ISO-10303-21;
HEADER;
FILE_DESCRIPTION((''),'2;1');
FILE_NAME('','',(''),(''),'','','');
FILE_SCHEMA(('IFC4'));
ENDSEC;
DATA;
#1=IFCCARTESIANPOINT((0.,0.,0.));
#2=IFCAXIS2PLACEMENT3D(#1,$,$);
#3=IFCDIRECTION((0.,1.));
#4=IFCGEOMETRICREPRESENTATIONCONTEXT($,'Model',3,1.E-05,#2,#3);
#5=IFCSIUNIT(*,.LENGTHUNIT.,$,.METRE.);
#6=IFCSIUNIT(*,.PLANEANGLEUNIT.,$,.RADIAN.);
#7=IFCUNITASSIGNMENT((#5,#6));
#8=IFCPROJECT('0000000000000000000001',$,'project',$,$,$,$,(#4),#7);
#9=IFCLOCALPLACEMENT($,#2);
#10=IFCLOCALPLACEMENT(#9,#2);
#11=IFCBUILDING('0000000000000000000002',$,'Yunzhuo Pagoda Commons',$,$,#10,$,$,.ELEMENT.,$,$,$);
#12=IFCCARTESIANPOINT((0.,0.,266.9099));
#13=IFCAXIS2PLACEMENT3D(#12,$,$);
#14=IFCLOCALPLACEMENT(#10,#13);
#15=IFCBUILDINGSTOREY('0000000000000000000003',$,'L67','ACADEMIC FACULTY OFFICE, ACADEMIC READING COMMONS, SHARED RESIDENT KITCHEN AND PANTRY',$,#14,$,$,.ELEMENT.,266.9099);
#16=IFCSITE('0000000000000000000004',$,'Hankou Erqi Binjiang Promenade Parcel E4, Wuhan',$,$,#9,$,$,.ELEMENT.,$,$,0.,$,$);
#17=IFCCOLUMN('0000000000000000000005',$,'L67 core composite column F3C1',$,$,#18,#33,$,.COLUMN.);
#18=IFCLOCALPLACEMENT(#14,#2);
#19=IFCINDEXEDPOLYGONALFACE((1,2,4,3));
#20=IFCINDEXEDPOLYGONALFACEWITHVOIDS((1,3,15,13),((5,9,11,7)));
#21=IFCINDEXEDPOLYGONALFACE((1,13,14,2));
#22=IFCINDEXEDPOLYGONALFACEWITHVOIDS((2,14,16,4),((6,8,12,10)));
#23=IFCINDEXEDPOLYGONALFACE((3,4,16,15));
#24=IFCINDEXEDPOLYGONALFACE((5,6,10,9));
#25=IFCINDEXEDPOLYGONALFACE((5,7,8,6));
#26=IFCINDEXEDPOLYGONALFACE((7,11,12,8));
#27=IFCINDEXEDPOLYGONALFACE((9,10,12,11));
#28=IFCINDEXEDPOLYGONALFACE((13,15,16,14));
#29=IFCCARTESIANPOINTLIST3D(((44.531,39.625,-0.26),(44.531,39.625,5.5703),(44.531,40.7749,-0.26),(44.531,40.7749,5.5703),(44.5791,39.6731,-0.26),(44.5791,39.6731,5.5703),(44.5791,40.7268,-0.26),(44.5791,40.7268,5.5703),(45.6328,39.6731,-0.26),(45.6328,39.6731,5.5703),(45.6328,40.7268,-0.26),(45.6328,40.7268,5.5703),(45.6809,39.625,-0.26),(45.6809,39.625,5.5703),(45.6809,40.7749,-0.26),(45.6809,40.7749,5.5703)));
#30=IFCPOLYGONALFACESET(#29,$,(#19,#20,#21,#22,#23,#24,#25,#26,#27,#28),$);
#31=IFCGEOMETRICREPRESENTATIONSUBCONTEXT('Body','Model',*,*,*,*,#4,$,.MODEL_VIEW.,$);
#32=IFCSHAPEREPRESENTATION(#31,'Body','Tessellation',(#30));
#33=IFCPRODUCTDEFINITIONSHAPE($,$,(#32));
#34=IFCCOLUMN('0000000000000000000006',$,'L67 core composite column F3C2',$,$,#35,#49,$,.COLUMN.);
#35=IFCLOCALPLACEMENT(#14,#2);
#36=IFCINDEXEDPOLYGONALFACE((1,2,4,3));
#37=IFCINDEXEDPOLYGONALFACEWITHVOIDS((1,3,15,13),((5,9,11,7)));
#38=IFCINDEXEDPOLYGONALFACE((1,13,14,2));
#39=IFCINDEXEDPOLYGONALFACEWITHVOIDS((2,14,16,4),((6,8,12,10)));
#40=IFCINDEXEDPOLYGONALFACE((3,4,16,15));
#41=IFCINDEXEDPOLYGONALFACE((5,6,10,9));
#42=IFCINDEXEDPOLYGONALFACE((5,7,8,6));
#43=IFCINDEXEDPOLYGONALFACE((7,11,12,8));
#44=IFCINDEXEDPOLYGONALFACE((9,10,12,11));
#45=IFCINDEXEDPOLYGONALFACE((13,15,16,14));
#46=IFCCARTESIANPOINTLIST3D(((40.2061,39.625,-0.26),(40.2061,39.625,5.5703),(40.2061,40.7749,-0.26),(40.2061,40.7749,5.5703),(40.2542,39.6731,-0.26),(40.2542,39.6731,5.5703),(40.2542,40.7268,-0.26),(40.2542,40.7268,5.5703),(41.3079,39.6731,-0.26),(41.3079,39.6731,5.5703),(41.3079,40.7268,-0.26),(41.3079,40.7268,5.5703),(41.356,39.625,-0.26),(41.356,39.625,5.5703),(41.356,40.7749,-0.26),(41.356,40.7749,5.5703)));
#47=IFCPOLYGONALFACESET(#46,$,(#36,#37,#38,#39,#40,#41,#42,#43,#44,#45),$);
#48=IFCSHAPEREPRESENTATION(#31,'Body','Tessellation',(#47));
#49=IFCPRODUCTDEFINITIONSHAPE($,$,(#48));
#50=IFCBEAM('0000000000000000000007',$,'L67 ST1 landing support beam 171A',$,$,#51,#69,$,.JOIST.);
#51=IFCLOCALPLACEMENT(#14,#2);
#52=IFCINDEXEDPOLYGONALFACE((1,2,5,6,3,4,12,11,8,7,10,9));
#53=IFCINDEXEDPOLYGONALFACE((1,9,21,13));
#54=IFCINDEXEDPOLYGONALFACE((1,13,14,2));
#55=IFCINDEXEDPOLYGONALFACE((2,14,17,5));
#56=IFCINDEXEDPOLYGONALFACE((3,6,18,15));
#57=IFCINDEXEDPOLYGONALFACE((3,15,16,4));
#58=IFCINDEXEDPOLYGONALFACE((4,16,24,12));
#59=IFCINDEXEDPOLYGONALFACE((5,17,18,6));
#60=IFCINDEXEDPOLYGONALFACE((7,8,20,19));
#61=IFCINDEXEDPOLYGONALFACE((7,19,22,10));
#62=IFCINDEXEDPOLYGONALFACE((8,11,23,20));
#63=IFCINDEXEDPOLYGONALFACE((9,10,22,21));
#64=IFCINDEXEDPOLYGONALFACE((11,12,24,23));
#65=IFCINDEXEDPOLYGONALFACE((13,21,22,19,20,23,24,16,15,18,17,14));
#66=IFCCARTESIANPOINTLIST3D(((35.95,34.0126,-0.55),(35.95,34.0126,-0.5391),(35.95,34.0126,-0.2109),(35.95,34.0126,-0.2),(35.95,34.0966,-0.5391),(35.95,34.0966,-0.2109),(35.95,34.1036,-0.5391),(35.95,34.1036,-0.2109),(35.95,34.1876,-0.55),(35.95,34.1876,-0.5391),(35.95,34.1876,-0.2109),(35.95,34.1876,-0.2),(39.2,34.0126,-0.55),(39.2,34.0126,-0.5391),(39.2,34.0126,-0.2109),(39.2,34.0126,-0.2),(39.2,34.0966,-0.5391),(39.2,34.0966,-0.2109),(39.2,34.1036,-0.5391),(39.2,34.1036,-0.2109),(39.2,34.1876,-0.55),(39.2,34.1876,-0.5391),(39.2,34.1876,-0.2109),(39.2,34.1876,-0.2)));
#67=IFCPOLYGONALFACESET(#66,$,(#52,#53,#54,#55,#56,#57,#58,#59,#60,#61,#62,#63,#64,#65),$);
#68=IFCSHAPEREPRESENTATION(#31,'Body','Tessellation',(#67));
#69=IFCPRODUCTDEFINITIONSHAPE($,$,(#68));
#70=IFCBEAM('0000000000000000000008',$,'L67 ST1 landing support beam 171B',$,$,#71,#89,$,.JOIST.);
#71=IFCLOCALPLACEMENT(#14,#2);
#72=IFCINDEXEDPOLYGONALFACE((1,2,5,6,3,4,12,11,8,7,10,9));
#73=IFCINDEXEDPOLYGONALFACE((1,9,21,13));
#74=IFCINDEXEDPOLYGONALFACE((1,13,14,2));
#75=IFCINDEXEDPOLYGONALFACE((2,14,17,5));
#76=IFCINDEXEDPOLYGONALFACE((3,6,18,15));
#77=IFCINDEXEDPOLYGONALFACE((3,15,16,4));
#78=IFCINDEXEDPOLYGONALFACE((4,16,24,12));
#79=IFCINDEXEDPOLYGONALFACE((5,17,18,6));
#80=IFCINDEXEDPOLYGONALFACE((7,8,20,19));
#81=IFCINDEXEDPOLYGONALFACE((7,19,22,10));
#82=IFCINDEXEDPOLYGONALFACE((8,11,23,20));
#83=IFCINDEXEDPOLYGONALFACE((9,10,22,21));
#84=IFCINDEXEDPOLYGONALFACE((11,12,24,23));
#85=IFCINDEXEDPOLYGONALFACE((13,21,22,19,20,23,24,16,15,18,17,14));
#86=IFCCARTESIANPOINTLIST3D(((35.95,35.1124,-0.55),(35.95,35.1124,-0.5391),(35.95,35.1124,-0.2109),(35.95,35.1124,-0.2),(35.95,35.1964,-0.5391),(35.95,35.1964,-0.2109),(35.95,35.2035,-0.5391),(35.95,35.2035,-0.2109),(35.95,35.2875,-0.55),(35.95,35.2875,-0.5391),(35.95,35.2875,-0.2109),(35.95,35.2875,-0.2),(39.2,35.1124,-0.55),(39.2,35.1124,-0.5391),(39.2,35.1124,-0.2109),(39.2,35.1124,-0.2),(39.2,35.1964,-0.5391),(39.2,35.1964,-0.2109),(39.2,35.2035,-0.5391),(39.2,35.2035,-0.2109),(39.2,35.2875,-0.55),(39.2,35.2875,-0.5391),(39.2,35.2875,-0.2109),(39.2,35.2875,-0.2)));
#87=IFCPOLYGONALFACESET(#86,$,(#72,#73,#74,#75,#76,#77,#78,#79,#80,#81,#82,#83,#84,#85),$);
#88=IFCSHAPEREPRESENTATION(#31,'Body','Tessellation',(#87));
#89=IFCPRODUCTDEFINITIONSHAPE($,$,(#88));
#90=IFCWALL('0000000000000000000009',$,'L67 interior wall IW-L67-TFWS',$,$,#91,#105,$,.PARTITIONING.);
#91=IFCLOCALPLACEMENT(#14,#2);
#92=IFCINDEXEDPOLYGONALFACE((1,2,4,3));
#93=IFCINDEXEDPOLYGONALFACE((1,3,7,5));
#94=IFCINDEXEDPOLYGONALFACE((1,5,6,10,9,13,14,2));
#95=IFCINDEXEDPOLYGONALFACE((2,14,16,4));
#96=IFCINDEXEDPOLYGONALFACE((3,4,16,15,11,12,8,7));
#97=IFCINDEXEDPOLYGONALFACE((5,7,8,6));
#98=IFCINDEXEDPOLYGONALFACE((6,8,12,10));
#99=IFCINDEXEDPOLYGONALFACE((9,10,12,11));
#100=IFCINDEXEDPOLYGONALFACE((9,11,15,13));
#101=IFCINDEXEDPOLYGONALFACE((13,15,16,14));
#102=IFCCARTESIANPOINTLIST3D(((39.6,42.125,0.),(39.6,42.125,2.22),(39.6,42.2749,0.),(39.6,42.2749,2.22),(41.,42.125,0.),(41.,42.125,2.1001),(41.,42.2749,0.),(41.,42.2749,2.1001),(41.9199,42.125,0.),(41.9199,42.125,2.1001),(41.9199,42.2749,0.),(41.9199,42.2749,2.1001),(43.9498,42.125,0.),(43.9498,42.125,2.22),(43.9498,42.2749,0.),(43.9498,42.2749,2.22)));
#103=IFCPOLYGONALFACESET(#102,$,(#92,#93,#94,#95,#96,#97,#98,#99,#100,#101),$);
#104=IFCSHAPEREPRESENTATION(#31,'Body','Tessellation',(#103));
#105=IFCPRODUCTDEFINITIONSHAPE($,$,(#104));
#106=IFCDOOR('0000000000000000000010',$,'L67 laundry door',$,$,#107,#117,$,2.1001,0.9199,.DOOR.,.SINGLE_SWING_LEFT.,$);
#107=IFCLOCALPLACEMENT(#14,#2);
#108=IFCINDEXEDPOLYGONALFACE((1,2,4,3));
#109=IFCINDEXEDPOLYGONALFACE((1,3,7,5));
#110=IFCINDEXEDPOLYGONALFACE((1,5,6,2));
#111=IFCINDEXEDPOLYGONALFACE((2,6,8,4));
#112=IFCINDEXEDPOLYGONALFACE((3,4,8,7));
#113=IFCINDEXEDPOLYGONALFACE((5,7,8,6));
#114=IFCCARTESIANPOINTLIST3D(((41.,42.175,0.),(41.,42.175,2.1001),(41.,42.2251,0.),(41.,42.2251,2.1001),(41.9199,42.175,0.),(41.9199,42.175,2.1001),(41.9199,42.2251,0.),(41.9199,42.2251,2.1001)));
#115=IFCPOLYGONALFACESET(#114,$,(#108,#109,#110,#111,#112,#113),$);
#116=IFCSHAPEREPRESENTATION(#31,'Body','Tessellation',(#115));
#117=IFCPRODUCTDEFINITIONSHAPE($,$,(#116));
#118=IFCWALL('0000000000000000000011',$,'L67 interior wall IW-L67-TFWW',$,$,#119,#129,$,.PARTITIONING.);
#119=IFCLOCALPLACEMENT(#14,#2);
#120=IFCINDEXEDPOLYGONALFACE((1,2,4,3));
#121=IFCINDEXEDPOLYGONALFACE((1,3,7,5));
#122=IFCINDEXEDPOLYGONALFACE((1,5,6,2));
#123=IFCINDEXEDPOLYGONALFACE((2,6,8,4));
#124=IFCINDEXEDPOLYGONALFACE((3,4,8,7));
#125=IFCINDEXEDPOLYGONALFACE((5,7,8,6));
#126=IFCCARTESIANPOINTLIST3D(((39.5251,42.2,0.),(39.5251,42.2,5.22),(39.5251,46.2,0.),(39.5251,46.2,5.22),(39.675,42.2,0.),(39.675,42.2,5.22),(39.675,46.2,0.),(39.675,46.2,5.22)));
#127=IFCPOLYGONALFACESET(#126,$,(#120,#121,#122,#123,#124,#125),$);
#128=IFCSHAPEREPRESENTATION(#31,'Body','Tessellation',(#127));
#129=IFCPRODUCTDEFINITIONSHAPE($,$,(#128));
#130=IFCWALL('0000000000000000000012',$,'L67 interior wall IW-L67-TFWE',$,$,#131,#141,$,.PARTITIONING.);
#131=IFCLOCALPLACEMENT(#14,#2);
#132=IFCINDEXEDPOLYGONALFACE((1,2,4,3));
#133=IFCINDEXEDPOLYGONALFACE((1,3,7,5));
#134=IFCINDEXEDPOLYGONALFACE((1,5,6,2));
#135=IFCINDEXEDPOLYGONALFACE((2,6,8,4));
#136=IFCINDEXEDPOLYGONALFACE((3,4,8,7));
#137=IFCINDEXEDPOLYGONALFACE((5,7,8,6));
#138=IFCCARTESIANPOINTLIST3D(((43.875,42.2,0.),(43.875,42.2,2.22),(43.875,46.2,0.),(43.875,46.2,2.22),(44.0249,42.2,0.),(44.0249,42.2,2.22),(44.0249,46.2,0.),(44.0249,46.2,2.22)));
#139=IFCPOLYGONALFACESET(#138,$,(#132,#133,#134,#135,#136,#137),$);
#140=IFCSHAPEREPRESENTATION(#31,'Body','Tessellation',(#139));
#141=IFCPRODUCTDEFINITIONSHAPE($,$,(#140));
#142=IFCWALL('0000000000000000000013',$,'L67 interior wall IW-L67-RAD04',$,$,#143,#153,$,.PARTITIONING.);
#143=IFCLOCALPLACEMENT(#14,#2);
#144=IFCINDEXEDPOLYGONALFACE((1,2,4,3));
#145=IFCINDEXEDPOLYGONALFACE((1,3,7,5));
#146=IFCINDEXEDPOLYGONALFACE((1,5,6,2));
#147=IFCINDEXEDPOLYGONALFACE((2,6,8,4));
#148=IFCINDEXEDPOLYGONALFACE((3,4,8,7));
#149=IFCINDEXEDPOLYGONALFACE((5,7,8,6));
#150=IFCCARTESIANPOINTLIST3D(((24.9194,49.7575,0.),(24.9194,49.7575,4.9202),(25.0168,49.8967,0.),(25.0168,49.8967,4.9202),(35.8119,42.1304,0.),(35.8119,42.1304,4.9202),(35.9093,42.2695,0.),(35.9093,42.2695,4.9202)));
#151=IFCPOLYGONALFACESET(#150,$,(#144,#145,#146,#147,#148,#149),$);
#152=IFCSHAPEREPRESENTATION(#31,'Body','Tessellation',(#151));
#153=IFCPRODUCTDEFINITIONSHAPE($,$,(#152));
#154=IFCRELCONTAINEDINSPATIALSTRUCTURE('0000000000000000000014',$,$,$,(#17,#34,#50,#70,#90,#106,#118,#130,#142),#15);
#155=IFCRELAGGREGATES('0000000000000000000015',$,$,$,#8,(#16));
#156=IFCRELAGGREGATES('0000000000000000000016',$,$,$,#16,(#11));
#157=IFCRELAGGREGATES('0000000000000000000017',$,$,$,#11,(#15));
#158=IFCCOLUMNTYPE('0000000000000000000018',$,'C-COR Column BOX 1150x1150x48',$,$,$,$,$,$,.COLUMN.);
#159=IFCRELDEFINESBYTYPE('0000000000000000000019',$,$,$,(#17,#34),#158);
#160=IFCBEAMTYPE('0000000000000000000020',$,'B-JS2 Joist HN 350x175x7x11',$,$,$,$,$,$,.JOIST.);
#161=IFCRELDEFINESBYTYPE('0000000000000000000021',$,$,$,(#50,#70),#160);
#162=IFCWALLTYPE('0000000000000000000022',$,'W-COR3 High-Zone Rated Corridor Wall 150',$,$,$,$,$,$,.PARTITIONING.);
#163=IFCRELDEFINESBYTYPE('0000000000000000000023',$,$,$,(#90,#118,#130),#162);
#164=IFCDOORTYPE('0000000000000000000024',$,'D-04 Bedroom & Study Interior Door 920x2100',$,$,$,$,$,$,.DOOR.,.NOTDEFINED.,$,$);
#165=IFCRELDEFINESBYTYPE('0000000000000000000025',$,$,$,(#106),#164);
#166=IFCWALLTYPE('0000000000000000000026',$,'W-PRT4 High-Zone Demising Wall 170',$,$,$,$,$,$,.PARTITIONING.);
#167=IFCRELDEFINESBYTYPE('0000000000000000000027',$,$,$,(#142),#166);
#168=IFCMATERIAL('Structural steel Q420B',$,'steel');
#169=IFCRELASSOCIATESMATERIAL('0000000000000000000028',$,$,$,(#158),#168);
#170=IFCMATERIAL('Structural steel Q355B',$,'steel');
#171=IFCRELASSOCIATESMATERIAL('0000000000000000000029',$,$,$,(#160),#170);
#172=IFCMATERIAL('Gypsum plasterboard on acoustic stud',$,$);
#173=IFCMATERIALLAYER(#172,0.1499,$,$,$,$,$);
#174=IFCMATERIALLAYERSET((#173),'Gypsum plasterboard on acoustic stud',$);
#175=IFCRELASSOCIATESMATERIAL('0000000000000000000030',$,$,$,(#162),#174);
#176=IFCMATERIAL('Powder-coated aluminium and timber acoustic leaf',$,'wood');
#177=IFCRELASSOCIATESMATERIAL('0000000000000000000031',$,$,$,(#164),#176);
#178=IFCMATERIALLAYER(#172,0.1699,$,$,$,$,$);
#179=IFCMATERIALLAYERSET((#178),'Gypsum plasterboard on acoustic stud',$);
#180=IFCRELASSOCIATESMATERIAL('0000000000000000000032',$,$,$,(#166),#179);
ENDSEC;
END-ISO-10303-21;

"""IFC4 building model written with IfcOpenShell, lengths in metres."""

from ifc_helpers import new_model, si_unit, direction, frame, frame_2d, origin, origin_2d, place, context, subcontext, project, spatial, rectangle, hollow_rectangle, i_section, extrude, source, transform, mapped, material, layer, layer_set, material_profile, profile_set, type_object, element, fill, save


model = new_model("IFC4")

# Units and contexts
model_context = context("Model", 3, precision=1e-05, world=origin(), true_north=direction((0.0, 1.0)))
body_context = subcontext(model_context, "Body", "Model", "MODEL_VIEW")
ifc_project = project(units=[si_unit("LENGTHUNIT", "METRE"), si_unit("PLANEANGLEUNIT", "RADIAN")], contexts=[model_context])

# Site, building, storey
site_placement = place(None, origin())
site = spatial("IfcSite", under=ifc_project, at=site_placement, Name="Hankou Erqi Binjiang Promenade Parcel E4, Wuhan", CompositionType="ELEMENT", RefElevation=0.0)
building_placement = place(site_placement, origin())
building = spatial("IfcBuilding", under=site, at=building_placement, Name="Yunzhuo Pagoda Commons", CompositionType="ELEMENT")
storey_placement = place(building_placement, frame((0.0, 0.0, 266.9099)))
storey = spatial("IfcBuildingStorey", under=building, at=storey_placement, Name="L67", Description="ACADEMIC FACULTY OFFICE, ACADEMIC READING COMMONS, SHARED RESIDENT KITCHEN AND PANTRY", CompositionType="ELEMENT", Elevation=266.9099)

# Columns
ifc_material_1 = material(Name="Structural steel Q420B", Category="steel")
ifc_material_profile_1 = material_profile(ifc_material_1, hollow_rectangle(XDim=1.1499, YDim=1.1499, WallThickness=0.0481, at=origin_2d()), Name="Structural steel Q420B")
ifc_profile_set_1 = profile_set([ifc_material_profile_1], Name="Structural steel Q420B")
column_type = type_object("IfcColumnType", Name="C-COR Column BOX 1150x1150x48", PredefinedType="COLUMN", material=ifc_profile_set_1)
shared_shape_1 = source(origin(), body_context, "Body", "SweptSolid", [
    extrude(hollow_rectangle(XDim=1.1499, YDim=1.1499, WallThickness=0.0481, at=origin_2d()), origin(), (0.0, 0.0, 1.0), 5.8303),
])
for number, where, z_axis, x_axis, name in (
    (1, (45.106, 40.2, -0.26), (0.0, 0.0, 1.0), (1.0, 0.0, 0.0), "L67 core composite column F3C1"),
    (2, (40.781, 40.2, -0.26), (0.0, 0.0, 1.0), (1.0, 0.0, 0.0), "L67 core composite column F3C2"),
):
    element("IfcColumn", number, at=place(storey_placement, frame(where, z_axis=z_axis, x_axis=x_axis)), inside=storey, type_object=column_type, Name=name, PredefinedType="COLUMN", context=body_context, shape_type="MappedRepresentation", body=[
        mapped(shared_shape_1, transform((0.0, 0.0, 0.0), scale=1.0)),
    ])

# Beams
ifc_material_2 = material(Name="Structural steel Q355B", Category="steel")
ifc_material_profile_2 = material_profile(ifc_material_2, i_section(OverallWidth=0.175, OverallDepth=0.3501, WebThickness=0.0071, FlangeThickness=0.011, at=origin_2d()), Name="Structural steel Q355B")
ifc_profile_set_2 = profile_set([ifc_material_profile_2], Name="Structural steel Q355B")
beam_type = type_object("IfcBeamType", Name="B-JS2 Joist HN 350x175x7x11", PredefinedType="JOIST", material=ifc_profile_set_2)
shared_shape_2 = source(origin(), body_context, "Body", "SweptSolid", [
    extrude(i_section(OverallWidth=0.175, OverallDepth=0.3501, WebThickness=0.0071, FlangeThickness=0.011, at=origin_2d()), origin(), (0.0, 0.0, 1.0), 3.25),
])
for number, where, z_axis, x_axis, name in (
    (3, (35.95, 34.1001, -0.375), (1.0, 0.0, 0.0), (0.0, 1.0, 0.0), "L67 ST1 landing support beam 171A"),
    (4, (35.95, 35.2, -0.375), (1.0, 0.0, 0.0), (0.0, 1.0, 0.0), "L67 ST1 landing support beam 171B"),
):
    element("IfcBeam", number, at=place(storey_placement, frame(where, z_axis=z_axis, x_axis=x_axis)), inside=storey, type_object=beam_type, Name=name, PredefinedType="JOIST", context=body_context, shape_type="MappedRepresentation", body=[
        mapped(shared_shape_2, transform((0.0, 0.0, 0.0), scale=1.0)),
    ])

# Wall, opening, door
ifc_material_3 = material(Name="Gypsum plasterboard on acoustic stud")
ifc_layer_1 = layer(ifc_material_3, 0.1499)
ifc_layer_set_1 = layer_set([ifc_layer_1], Name="Gypsum plasterboard on acoustic stud")
wall_type_1 = type_object("IfcWallType", Name="W-COR3 High-Zone Rated Corridor Wall 150", PredefinedType="PARTITIONING", material=ifc_layer_set_1)
wall_1_placement = place(storey_placement, frame((39.6001, 42.2, 0.0), z_axis=(0.0, 0.0, 1.0), x_axis=(1.0, 0.0, 0.0)))
wall_1 = element("IfcWall", 5, at=wall_1_placement, inside=storey, type_object=wall_type_1, Name="L67 interior wall IW-L67-TFWS", PredefinedType="PARTITIONING", context=body_context, shape_type="SweptSolid", body=[
    extrude(rectangle(XDim=4.3499, YDim=0.1499, at=frame_2d((2.1748, 0.0))), origin(), (0.0, 0.0, 1.0), 2.22),
])
opening_1_placement = place(wall_1_placement, frame((1.3999, 0.0, 0.0)))
opening_1 = element("IfcOpeningElement", 6, at=opening_1_placement, cuts=wall_1, PredefinedType="OPENING", context=body_context, shape_type="SweptSolid", body=[
    extrude(rectangle(XDim=0.9199, YDim=2.1001, at=frame_2d((0.46, 1.05))), frame((0.0, 0.085, 0.0), z_axis=(0.0, -1.0, 0.0), x_axis=(1.0, 0.0, 0.0)), (0.0, 0.0, 1.0), 0.1699),
])
ifc_material_4 = material(Name="Powder-coated aluminium and timber acoustic leaf", Category="wood")
door_type_1 = type_object("IfcDoorType", Name="D-04 Bedroom & Study Interior Door 920x2100", OperationType="NOTDEFINED", PredefinedType="DOOR", material=ifc_material_4)
shared_shape_3 = source(origin(), body_context, "Body", "SweptSolid", [
    extrude(rectangle(XDim=0.9199, YDim=2.1001, at=frame_2d((0.46, 1.05))), frame((0.0, 0.0249, 0.0), z_axis=(0.0, -1.0, 0.0), x_axis=(1.0, 0.0, 0.0)), (0.0, 0.0, 1.0), 0.05),
])
door_1_placement = place(opening_1_placement, frame((0.9199, 0.0, 0.0), z_axis=(0.0, 0.0, 1.0), x_axis=(-1.0, 0.0, 0.0)))
door_1 = element("IfcDoor", 7, at=door_1_placement, inside=storey, type_object=door_type_1, Name="L67 laundry door", OperationType="SINGLE_SWING_LEFT", OverallHeight=2.1001, OverallWidth=0.9199, PredefinedType="DOOR", context=body_context, shape_type="MappedRepresentation", body=[
    mapped(shared_shape_3, transform((0.0, 0.0, 0.0), scale=1.0)),
])
fill(opening_1, door_1)

# Walls
wall_2_placement = place(storey_placement, frame((39.6001, 42.2, 0.0), z_axis=(0.0, 0.0, 1.0), x_axis=(0.0, 1.0, 0.0)))
element("IfcWall", 8, at=wall_2_placement, inside=storey, type_object=wall_type_1, Name="L67 interior wall IW-L67-TFWW", PredefinedType="PARTITIONING", context=body_context, shape_type="SweptSolid", body=[
    extrude(rectangle(XDim=4.0, YDim=0.1499, at=frame_2d((2.0, 0.0))), origin(), (0.0, 0.0, 1.0), 5.22),
])
wall_3_placement = place(storey_placement, frame((43.95, 42.2, 0.0), z_axis=(0.0, 0.0, 1.0), x_axis=(0.0, 1.0, 0.0)))
element("IfcWall", 9, at=wall_3_placement, inside=storey, type_object=wall_type_1, Name="L67 interior wall IW-L67-TFWE", PredefinedType="PARTITIONING", context=body_context, shape_type="SweptSolid", body=[
    extrude(rectangle(XDim=4.0, YDim=0.1499, at=frame_2d((2.0, 0.0))), origin(), (0.0, 0.0, 1.0), 2.22),
])

# Wall
ifc_layer_2 = layer(ifc_material_3, 0.1699)
ifc_layer_set_2 = layer_set([ifc_layer_2], Name="Gypsum plasterboard on acoustic stud")
wall_type_2 = type_object("IfcWallType", Name="W-PRT4 High-Zone Demising Wall 170", PredefinedType="PARTITIONING", material=ifc_layer_set_2)
wall_4_placement = place(storey_placement, frame((35.8606, 42.2, 0.0), z_axis=(0.0, 0.0, 1.0), x_axis=(-0.819147, 0.573583, 0.0)))
element("IfcWall", 10, at=wall_4_placement, inside=storey, type_object=wall_type_2, Name="L67 interior wall IW-L67-RAD04", PredefinedType="PARTITIONING", context=body_context, shape_type="SweptSolid", body=[
    extrude(rectangle(XDim=13.2974, YDim=0.1699, at=frame_2d((6.6487, 0.0))), origin(), (0.0, 0.0, 1.0), 4.9202),
])

save(model, "model.ifc")
